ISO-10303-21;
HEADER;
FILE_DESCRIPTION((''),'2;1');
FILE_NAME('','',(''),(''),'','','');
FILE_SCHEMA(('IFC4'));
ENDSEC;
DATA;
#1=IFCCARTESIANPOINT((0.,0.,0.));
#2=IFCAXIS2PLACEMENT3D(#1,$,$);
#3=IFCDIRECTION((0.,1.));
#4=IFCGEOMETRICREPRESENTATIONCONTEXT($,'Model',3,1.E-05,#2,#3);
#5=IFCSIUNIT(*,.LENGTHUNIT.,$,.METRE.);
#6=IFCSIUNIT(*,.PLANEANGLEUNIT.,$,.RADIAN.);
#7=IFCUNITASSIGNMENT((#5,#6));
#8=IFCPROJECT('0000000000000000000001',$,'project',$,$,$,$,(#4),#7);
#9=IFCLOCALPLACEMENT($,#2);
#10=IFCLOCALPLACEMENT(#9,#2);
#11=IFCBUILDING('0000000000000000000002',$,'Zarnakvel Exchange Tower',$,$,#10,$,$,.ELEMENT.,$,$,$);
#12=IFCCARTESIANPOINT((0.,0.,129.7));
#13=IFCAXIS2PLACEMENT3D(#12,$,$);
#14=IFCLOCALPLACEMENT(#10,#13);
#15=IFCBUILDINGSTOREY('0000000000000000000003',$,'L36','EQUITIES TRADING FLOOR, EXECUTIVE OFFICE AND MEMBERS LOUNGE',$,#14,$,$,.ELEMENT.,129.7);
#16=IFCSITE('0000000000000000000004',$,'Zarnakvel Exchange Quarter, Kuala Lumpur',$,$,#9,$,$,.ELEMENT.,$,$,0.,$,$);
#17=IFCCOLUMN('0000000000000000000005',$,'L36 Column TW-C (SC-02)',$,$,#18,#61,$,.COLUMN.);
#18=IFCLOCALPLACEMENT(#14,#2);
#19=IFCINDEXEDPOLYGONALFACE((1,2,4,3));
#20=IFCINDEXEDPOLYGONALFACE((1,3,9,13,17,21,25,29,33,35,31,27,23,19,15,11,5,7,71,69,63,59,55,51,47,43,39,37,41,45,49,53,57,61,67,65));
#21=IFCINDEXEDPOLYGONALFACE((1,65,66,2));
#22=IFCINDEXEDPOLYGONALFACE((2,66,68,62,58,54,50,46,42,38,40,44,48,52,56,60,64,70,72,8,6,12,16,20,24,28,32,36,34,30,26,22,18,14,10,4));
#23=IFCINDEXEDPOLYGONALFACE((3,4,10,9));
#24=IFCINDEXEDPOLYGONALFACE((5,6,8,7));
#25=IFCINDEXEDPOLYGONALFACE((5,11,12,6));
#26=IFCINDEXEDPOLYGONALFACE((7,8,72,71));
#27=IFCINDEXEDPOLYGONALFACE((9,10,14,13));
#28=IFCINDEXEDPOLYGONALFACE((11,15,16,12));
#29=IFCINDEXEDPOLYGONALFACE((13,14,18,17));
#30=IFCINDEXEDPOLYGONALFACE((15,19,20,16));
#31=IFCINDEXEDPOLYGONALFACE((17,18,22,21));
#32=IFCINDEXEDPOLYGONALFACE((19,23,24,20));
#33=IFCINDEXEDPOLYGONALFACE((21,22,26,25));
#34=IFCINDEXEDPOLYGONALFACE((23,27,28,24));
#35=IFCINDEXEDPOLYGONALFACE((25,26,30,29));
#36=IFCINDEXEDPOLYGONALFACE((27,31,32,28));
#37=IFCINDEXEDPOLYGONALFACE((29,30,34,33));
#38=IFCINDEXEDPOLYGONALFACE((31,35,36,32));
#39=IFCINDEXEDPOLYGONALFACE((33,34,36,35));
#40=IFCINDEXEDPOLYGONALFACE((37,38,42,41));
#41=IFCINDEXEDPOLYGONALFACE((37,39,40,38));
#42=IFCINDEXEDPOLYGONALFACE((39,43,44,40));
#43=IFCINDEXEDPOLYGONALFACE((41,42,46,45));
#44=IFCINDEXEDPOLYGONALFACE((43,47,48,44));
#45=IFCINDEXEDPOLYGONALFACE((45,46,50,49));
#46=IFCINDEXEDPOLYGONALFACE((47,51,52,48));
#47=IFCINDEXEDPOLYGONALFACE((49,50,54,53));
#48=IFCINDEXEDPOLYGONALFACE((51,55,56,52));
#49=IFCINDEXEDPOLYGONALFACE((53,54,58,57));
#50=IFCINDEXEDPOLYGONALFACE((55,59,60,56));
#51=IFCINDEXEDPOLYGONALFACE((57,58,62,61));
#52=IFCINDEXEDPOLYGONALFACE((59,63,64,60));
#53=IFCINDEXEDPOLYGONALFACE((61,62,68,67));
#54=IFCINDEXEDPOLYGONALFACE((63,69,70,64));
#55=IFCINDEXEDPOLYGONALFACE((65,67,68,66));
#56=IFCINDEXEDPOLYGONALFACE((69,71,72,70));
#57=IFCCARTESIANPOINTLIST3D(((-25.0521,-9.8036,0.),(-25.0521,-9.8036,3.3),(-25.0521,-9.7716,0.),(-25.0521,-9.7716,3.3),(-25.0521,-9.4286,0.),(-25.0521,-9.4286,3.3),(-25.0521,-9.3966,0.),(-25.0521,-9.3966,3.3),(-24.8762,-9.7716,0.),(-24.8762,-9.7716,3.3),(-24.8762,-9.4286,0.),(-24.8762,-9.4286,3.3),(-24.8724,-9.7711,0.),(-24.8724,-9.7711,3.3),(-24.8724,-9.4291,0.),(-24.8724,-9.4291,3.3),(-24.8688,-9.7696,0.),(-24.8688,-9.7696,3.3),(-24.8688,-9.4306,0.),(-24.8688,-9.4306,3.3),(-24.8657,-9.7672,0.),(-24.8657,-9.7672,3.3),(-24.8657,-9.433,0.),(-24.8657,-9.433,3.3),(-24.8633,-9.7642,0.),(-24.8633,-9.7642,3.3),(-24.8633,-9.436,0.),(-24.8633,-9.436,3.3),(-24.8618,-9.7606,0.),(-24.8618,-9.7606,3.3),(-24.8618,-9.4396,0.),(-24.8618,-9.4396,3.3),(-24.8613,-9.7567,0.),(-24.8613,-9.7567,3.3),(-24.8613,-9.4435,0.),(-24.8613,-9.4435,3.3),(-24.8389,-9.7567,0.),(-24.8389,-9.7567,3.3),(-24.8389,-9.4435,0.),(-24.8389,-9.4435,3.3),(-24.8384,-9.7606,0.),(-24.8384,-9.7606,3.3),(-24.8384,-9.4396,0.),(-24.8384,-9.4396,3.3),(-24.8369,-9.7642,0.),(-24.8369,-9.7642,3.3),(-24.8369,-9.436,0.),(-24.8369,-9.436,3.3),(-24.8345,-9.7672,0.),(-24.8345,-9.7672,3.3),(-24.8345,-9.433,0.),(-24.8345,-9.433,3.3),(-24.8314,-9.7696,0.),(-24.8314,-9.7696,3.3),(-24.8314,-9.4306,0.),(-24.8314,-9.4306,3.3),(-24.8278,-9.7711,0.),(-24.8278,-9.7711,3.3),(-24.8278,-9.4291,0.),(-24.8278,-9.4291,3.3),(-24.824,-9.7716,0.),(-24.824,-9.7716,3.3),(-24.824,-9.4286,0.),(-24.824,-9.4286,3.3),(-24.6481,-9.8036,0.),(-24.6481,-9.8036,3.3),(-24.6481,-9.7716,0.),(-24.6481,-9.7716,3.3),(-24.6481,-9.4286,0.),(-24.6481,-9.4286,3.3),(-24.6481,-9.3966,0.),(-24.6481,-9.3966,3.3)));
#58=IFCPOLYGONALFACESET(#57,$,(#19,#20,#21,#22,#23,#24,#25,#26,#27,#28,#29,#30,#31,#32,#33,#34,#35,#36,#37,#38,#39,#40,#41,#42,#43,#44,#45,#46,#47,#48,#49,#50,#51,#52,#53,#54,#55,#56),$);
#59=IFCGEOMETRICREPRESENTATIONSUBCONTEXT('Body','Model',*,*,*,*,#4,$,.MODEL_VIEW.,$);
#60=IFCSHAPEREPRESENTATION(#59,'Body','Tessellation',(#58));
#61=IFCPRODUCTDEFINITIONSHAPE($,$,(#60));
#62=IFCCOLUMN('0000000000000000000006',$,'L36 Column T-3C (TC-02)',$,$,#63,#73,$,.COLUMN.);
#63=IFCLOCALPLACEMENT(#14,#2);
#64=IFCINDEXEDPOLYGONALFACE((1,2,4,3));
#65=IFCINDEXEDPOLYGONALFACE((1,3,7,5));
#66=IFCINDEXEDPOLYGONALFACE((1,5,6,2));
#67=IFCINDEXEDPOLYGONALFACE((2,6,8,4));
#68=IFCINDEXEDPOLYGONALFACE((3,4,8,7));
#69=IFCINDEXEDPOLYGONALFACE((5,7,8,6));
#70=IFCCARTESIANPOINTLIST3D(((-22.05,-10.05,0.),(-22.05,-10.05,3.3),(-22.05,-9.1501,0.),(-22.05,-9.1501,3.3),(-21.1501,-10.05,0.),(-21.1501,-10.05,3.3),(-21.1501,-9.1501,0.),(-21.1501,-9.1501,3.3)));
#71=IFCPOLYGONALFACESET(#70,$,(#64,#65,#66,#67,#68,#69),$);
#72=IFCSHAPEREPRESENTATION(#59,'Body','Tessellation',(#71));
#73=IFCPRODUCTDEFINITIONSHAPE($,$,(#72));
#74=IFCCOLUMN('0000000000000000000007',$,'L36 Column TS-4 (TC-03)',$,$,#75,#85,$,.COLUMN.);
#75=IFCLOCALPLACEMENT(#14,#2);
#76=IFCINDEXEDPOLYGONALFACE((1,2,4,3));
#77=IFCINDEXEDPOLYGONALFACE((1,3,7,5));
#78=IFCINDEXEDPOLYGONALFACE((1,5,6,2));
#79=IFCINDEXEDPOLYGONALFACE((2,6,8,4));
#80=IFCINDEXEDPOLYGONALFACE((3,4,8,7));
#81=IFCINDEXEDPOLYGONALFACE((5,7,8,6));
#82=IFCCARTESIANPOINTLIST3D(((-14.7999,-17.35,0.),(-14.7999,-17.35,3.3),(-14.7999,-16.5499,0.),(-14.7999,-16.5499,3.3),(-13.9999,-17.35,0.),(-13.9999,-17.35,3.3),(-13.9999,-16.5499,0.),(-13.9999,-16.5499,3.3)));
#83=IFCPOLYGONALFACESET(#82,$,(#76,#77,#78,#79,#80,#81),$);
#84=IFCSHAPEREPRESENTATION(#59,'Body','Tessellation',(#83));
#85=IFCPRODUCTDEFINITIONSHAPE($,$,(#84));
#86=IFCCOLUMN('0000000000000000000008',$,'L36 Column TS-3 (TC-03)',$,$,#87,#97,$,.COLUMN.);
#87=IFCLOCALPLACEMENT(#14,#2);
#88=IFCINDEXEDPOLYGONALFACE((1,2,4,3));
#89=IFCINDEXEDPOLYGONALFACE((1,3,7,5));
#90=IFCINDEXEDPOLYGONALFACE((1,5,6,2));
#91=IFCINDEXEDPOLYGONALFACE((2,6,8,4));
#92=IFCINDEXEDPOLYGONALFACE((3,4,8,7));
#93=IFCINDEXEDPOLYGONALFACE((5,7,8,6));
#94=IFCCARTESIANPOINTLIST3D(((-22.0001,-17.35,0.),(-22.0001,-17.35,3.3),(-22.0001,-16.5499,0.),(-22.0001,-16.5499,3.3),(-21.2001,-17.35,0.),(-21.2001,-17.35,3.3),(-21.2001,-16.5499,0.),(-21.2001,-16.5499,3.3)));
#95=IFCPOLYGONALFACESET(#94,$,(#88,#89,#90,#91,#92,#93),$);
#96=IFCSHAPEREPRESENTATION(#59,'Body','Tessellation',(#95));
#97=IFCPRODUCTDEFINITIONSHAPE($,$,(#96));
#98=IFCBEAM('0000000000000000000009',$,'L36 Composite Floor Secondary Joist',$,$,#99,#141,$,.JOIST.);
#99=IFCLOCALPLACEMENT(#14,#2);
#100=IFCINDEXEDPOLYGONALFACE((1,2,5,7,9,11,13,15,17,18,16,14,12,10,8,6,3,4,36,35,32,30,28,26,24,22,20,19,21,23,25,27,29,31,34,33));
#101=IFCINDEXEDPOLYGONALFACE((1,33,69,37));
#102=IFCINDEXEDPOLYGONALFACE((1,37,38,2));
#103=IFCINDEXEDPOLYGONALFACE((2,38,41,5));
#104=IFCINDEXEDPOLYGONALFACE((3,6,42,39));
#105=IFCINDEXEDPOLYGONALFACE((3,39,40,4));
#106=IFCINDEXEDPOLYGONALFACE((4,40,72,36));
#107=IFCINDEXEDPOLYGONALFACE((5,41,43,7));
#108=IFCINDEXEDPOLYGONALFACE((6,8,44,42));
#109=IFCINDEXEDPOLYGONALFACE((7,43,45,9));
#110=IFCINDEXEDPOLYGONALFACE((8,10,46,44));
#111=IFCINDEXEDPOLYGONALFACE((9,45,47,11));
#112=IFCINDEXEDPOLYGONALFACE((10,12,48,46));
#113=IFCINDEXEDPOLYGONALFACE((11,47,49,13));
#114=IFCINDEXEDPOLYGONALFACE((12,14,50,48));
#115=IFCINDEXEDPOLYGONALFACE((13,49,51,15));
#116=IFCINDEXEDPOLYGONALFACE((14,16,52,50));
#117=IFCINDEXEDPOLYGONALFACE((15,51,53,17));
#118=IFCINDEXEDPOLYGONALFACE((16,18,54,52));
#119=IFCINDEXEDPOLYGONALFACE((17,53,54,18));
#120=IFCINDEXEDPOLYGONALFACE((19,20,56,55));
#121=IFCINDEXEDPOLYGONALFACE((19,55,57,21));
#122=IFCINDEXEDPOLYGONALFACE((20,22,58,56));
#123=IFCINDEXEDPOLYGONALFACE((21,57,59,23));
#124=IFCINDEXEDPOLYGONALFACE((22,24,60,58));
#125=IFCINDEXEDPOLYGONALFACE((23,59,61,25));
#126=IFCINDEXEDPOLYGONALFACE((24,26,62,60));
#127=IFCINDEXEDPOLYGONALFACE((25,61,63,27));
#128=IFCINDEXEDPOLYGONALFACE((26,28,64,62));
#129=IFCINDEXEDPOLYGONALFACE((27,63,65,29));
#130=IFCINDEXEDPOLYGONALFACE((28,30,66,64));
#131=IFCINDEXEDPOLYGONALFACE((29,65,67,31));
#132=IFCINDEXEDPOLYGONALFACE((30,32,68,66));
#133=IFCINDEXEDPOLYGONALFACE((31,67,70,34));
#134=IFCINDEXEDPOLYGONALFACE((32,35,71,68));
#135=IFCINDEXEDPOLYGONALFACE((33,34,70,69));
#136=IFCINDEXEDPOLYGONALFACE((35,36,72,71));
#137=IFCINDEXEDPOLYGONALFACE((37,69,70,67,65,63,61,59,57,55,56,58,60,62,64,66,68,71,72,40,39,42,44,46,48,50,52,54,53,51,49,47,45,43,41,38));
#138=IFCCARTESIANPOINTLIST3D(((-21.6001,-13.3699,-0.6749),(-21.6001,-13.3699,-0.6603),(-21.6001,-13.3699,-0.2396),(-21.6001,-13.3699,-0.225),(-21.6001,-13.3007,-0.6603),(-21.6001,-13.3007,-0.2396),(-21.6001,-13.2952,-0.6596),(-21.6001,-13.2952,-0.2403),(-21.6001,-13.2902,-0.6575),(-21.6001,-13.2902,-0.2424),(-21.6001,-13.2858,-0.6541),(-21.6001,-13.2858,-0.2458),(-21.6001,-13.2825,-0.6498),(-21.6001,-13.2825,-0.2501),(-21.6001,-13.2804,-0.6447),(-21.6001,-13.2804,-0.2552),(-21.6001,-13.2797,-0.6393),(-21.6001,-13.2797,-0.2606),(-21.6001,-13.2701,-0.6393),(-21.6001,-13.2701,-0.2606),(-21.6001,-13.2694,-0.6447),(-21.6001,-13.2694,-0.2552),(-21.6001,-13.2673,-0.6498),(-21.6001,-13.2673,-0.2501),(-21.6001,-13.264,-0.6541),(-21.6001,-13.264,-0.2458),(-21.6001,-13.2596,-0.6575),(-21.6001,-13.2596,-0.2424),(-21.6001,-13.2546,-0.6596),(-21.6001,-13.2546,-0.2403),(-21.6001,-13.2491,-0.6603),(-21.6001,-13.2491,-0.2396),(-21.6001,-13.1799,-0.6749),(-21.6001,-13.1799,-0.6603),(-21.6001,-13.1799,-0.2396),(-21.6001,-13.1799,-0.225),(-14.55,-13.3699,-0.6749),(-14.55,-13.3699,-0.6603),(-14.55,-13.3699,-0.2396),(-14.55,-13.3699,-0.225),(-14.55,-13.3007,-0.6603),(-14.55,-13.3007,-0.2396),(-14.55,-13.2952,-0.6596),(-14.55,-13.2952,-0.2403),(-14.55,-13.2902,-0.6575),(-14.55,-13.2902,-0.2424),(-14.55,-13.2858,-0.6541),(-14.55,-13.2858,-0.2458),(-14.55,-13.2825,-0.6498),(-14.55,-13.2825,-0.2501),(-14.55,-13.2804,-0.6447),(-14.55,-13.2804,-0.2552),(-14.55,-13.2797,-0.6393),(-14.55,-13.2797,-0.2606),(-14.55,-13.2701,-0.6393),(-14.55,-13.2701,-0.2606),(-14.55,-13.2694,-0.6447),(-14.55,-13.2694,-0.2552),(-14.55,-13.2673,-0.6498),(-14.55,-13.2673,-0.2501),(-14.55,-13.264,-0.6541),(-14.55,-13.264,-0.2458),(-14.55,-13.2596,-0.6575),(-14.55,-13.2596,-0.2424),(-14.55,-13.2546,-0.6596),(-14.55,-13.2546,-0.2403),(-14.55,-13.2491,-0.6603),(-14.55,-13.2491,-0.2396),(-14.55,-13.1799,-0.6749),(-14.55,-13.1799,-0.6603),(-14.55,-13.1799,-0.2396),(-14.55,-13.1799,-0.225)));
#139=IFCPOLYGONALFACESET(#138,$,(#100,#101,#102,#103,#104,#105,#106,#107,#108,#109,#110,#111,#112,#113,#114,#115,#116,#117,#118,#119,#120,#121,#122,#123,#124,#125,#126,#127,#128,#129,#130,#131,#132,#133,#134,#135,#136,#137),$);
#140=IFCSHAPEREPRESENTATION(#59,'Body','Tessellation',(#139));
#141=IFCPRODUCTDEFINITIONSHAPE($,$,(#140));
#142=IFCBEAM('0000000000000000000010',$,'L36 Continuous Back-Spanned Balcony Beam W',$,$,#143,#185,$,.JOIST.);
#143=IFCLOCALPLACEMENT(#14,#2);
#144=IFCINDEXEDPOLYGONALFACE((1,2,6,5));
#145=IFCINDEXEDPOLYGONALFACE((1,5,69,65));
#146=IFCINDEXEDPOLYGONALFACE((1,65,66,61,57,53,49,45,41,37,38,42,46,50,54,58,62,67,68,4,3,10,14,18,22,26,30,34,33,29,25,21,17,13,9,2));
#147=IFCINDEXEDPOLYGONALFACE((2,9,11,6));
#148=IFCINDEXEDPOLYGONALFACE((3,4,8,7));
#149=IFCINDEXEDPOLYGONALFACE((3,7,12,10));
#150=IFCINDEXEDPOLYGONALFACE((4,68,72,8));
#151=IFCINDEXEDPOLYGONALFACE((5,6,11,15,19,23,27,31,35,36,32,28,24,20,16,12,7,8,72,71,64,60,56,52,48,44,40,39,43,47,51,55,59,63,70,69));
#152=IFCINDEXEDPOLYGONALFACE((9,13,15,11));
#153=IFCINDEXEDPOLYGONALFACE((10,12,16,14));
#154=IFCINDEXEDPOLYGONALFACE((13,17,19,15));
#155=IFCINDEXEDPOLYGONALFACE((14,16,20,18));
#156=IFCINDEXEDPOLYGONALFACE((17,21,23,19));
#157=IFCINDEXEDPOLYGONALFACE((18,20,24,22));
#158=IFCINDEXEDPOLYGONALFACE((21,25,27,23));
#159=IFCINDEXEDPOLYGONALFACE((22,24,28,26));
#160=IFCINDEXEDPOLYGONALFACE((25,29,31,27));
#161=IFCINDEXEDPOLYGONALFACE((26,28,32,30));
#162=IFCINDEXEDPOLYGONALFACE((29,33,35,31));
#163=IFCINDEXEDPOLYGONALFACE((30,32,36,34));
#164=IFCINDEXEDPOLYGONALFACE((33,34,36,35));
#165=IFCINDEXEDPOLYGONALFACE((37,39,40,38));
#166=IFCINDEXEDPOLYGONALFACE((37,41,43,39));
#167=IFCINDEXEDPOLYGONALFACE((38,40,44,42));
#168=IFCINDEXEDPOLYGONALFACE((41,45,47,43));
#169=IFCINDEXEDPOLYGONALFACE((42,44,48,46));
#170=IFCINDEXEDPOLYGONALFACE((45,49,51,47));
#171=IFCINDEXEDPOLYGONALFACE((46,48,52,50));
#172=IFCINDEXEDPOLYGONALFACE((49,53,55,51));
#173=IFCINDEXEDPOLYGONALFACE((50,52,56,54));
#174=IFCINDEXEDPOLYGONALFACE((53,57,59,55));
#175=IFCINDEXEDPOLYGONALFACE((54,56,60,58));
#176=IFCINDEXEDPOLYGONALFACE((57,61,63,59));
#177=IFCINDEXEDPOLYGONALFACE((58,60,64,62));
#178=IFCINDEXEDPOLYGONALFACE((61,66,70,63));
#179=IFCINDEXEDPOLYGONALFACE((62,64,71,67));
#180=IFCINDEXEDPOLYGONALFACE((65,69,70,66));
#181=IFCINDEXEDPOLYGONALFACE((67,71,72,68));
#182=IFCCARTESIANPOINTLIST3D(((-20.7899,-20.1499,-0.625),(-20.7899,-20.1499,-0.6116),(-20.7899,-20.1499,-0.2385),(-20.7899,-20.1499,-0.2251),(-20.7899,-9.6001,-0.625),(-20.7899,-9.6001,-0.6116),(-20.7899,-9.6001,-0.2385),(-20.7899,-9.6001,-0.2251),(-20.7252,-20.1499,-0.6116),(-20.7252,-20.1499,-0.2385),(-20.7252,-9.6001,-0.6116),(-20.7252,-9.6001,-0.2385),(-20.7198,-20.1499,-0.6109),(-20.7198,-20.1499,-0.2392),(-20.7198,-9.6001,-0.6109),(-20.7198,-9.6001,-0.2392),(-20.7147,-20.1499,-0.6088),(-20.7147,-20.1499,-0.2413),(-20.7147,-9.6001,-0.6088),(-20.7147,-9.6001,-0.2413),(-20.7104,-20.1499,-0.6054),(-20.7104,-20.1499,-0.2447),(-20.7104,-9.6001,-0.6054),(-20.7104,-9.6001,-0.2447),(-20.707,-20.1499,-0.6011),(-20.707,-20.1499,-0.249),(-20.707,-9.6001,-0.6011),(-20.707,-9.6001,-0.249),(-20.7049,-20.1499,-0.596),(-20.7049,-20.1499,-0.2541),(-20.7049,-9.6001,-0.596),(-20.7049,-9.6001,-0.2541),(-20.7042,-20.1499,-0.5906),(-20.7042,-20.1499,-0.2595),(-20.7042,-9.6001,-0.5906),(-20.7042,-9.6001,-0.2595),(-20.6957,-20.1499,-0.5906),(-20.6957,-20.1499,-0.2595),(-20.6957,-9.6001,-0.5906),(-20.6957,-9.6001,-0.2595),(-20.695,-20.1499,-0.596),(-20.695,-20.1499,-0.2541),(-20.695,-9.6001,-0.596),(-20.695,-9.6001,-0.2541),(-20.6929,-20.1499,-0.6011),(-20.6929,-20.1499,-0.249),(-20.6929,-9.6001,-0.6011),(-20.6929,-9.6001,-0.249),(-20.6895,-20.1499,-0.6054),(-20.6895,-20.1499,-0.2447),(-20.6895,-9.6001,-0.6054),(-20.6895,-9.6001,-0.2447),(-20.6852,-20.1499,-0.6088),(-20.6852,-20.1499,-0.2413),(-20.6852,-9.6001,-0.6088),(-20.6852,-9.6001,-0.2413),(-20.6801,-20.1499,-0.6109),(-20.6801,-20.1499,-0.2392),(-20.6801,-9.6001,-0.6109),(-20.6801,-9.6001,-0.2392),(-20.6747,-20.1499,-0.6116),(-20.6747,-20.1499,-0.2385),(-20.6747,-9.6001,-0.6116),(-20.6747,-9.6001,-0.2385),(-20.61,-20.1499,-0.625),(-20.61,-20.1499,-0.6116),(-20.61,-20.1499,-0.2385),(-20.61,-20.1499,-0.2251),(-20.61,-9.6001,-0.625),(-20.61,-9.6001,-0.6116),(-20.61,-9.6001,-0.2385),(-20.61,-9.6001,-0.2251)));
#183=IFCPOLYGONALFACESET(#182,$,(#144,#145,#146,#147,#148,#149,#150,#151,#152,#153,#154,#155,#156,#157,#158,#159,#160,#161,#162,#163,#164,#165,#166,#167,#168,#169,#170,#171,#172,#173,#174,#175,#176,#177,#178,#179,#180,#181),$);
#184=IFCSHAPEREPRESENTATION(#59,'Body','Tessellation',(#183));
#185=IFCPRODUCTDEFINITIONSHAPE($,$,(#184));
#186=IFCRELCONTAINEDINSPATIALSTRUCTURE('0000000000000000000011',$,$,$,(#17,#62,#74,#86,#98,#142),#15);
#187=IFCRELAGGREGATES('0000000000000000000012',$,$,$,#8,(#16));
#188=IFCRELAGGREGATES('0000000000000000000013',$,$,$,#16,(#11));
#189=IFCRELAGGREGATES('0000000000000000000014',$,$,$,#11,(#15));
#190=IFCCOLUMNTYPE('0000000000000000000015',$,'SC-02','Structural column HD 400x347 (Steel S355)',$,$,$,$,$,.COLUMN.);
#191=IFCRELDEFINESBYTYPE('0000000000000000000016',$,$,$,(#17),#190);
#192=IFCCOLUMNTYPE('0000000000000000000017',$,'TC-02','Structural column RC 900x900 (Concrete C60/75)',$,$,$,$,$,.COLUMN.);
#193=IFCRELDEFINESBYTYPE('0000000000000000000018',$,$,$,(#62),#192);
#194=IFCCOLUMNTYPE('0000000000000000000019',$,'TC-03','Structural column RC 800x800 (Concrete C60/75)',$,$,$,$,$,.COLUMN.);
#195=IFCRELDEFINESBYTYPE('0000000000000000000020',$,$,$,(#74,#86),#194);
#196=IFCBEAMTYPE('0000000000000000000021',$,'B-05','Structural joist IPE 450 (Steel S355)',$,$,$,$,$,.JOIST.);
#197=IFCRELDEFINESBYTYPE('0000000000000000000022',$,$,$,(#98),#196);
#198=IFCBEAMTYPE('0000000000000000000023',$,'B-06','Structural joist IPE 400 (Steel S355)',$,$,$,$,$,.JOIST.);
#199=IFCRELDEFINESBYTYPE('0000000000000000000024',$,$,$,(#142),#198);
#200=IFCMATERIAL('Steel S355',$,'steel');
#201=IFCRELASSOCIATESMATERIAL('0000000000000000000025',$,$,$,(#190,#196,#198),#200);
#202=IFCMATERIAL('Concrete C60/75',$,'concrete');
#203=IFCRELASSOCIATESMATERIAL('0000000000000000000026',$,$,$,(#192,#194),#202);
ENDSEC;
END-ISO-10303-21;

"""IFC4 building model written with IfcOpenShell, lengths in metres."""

from ifc_helpers import new_model, si_unit, direction, frame, origin, origin_2d, place, context, subcontext, project, spatial, rectangle, i_section, extrude, material, material_profile, profile_set, type_object, element, save


model = new_model("IFC4")

# Units and contexts
model_context = context("Model", 3, precision=1e-05, world=origin(), true_north=direction((0.0, 1.0)))
body_context = subcontext(model_context, "Body", "Model", "MODEL_VIEW")
ifc_project = project(units=[si_unit("LENGTHUNIT", "METRE"), si_unit("PLANEANGLEUNIT", "RADIAN")], contexts=[model_context])

# Site, building, storey
site_placement = place(None, origin())
site = spatial("IfcSite", under=ifc_project, at=site_placement, Name="Zarnakvel Exchange Quarter, Kuala Lumpur", CompositionType="ELEMENT", RefElevation=0.0)
building_placement = place(site_placement, origin())
building = spatial("IfcBuilding", under=site, at=building_placement, Name="Zarnakvel Exchange Tower", CompositionType="ELEMENT")
storey_placement = place(building_placement, frame((0.0, 0.0, 129.7)))
storey = spatial("IfcBuildingStorey", under=building, at=storey_placement, Name="L36", Description="EQUITIES TRADING FLOOR, EXECUTIVE OFFICE AND MEMBERS LOUNGE", CompositionType="ELEMENT", Elevation=129.7)

# Columns
ifc_material_1 = material(Name="Steel S355", Category="steel")
ifc_material_profile_1 = material_profile(ifc_material_1, i_section(OverallWidth=0.4041, OverallDepth=0.407, WebThickness=0.0225, FlangeThickness=0.032, FilletRadius=0.0149, at=origin_2d()))
ifc_profile_set_1 = profile_set([ifc_material_profile_1], Name="Steel S355")
column_type_1 = type_object("IfcColumnType", Name="SC-02", Description="Structural column HD 400x347 (Steel S355)", PredefinedType="COLUMN", material=ifc_profile_set_1)
column_1_placement = place(storey_placement, frame((-24.8501, -9.6001, 0.0), z_axis=(0.0, 0.0, 1.0), x_axis=(1.0, 0.0, 0.0)))
element("IfcColumn", 1, at=column_1_placement, inside=storey, type_object=column_type_1, Name="L36 Column TW-C (SC-02)", PredefinedType="COLUMN", context=body_context, shape_type="SweptSolid", body=[
    extrude(i_section(OverallWidth=0.4041, OverallDepth=0.407, WebThickness=0.0225, FlangeThickness=0.032, FilletRadius=0.0149, at=origin_2d()), origin(), (0.0, 0.0, 1.0), 3.3),
])
ifc_material_2 = material(Name="Concrete C60/75", Category="concrete")
ifc_material_profile_2 = material_profile(ifc_material_2, rectangle(XDim=0.8999, YDim=0.8999, at=origin_2d()))
ifc_profile_set_2 = profile_set([ifc_material_profile_2], Name="Concrete C60/75")
column_type_2 = type_object("IfcColumnType", Name="TC-02", Description="Structural column RC 900x900 (Concrete C60/75)", PredefinedType="COLUMN", material=ifc_profile_set_2)
column_2_placement = place(storey_placement, frame((-21.6001, -9.6001, 0.0), z_axis=(0.0, 0.0, 1.0), x_axis=(1.0, 0.0, 0.0)))
element("IfcColumn", 2, at=column_2_placement, inside=storey, type_object=column_type_2, Name="L36 Column T-3C (TC-02)", PredefinedType="COLUMN", context=body_context, shape_type="SweptSolid", body=[
    extrude(rectangle(XDim=0.8999, YDim=0.8999, at=origin_2d()), origin(), (0.0, 0.0, 1.0), 3.3),
])
ifc_material_profile_3 = material_profile(ifc_material_2, rectangle(XDim=0.8, YDim=0.8, at=origin_2d()))
ifc_profile_set_3 = profile_set([ifc_material_profile_3], Name="Concrete C60/75")
column_type_3 = type_object("IfcColumnType", Name="TC-03", Description="Structural column RC 800x800 (Concrete C60/75)", PredefinedType="COLUMN", material=ifc_profile_set_3)
for number, where, z_axis, x_axis, name in (
    (3, (-14.3999, -16.95, 0.0), (0.0, 0.0, 1.0), (1.0, 0.0, 0.0), "L36 Column TS-4 (TC-03)"),
    (4, (-21.6001, -16.95, 0.0), (0.0, 0.0, 1.0), (1.0, 0.0, 0.0), "L36 Column TS-3 (TC-03)"),
):
    element("IfcColumn", number, at=place(storey_placement, frame(where, z_axis=z_axis, x_axis=x_axis)), inside=storey, type_object=column_type_3, Name=name, PredefinedType="COLUMN", context=body_context, shape_type="SweptSolid", body=[
        extrude(rectangle(XDim=0.8, YDim=0.8, at=origin_2d()), origin(), (0.0, 0.0, 1.0), 3.3),
    ])

# Beams
ifc_material_profile_4 = material_profile(ifc_material_1, i_section(OverallWidth=0.1899, OverallDepth=0.45, WebThickness=0.0095, FlangeThickness=0.0146, FilletRadius=0.021, at=origin_2d()))
ifc_profile_set_4 = profile_set([ifc_material_profile_4], Name="Steel S355")
beam_type_1 = type_object("IfcBeamType", Name="B-05", Description="Structural joist IPE 450 (Steel S355)", PredefinedType="JOIST", material=ifc_profile_set_4)
beam_1_placement = place(storey_placement, frame((-21.6001, -13.2749, -0.45), z_axis=(1.0, 0.0, 0.0), x_axis=(0.0, 1.0, 0.0)))
element("IfcBeam", 5, at=beam_1_placement, inside=storey, type_object=beam_type_1, Name="L36 Composite Floor Secondary Joist", PredefinedType="JOIST", context=body_context, shape_type="SweptSolid", body=[
    extrude(i_section(OverallWidth=0.1899, OverallDepth=0.45, WebThickness=0.0095, FlangeThickness=0.0146, FilletRadius=0.021, at=origin_2d()), origin(), (0.0, 0.0, 1.0), 7.05),
])
ifc_material_profile_5 = material_profile(ifc_material_1, i_section(OverallWidth=0.1799, OverallDepth=0.3999, WebThickness=0.0085, FlangeThickness=0.0134, FilletRadius=0.021, at=origin_2d()))
ifc_profile_set_5 = profile_set([ifc_material_profile_5], Name="Steel S355")
beam_type_2 = type_object("IfcBeamType", Name="B-06", Description="Structural joist IPE 400 (Steel S355)", PredefinedType="JOIST", material=ifc_profile_set_5)
beam_2_placement = place(storey_placement, frame((-20.7, -9.6001, -0.425), z_axis=(0.0, -1.0, 0.0), x_axis=(1.0, 0.0, 0.0)))
element("IfcBeam", 6, at=beam_2_placement, inside=storey, type_object=beam_type_2, Name="L36 Continuous Back-Spanned Balcony Beam W", PredefinedType="JOIST", context=body_context, shape_type="SweptSolid", body=[
    extrude(i_section(OverallWidth=0.1799, OverallDepth=0.3999, WebThickness=0.0085, FlangeThickness=0.0134, FilletRadius=0.021, at=origin_2d()), origin(), (0.0, 0.0, 1.0), 10.5498),
])

save(model, "model.ifc")
